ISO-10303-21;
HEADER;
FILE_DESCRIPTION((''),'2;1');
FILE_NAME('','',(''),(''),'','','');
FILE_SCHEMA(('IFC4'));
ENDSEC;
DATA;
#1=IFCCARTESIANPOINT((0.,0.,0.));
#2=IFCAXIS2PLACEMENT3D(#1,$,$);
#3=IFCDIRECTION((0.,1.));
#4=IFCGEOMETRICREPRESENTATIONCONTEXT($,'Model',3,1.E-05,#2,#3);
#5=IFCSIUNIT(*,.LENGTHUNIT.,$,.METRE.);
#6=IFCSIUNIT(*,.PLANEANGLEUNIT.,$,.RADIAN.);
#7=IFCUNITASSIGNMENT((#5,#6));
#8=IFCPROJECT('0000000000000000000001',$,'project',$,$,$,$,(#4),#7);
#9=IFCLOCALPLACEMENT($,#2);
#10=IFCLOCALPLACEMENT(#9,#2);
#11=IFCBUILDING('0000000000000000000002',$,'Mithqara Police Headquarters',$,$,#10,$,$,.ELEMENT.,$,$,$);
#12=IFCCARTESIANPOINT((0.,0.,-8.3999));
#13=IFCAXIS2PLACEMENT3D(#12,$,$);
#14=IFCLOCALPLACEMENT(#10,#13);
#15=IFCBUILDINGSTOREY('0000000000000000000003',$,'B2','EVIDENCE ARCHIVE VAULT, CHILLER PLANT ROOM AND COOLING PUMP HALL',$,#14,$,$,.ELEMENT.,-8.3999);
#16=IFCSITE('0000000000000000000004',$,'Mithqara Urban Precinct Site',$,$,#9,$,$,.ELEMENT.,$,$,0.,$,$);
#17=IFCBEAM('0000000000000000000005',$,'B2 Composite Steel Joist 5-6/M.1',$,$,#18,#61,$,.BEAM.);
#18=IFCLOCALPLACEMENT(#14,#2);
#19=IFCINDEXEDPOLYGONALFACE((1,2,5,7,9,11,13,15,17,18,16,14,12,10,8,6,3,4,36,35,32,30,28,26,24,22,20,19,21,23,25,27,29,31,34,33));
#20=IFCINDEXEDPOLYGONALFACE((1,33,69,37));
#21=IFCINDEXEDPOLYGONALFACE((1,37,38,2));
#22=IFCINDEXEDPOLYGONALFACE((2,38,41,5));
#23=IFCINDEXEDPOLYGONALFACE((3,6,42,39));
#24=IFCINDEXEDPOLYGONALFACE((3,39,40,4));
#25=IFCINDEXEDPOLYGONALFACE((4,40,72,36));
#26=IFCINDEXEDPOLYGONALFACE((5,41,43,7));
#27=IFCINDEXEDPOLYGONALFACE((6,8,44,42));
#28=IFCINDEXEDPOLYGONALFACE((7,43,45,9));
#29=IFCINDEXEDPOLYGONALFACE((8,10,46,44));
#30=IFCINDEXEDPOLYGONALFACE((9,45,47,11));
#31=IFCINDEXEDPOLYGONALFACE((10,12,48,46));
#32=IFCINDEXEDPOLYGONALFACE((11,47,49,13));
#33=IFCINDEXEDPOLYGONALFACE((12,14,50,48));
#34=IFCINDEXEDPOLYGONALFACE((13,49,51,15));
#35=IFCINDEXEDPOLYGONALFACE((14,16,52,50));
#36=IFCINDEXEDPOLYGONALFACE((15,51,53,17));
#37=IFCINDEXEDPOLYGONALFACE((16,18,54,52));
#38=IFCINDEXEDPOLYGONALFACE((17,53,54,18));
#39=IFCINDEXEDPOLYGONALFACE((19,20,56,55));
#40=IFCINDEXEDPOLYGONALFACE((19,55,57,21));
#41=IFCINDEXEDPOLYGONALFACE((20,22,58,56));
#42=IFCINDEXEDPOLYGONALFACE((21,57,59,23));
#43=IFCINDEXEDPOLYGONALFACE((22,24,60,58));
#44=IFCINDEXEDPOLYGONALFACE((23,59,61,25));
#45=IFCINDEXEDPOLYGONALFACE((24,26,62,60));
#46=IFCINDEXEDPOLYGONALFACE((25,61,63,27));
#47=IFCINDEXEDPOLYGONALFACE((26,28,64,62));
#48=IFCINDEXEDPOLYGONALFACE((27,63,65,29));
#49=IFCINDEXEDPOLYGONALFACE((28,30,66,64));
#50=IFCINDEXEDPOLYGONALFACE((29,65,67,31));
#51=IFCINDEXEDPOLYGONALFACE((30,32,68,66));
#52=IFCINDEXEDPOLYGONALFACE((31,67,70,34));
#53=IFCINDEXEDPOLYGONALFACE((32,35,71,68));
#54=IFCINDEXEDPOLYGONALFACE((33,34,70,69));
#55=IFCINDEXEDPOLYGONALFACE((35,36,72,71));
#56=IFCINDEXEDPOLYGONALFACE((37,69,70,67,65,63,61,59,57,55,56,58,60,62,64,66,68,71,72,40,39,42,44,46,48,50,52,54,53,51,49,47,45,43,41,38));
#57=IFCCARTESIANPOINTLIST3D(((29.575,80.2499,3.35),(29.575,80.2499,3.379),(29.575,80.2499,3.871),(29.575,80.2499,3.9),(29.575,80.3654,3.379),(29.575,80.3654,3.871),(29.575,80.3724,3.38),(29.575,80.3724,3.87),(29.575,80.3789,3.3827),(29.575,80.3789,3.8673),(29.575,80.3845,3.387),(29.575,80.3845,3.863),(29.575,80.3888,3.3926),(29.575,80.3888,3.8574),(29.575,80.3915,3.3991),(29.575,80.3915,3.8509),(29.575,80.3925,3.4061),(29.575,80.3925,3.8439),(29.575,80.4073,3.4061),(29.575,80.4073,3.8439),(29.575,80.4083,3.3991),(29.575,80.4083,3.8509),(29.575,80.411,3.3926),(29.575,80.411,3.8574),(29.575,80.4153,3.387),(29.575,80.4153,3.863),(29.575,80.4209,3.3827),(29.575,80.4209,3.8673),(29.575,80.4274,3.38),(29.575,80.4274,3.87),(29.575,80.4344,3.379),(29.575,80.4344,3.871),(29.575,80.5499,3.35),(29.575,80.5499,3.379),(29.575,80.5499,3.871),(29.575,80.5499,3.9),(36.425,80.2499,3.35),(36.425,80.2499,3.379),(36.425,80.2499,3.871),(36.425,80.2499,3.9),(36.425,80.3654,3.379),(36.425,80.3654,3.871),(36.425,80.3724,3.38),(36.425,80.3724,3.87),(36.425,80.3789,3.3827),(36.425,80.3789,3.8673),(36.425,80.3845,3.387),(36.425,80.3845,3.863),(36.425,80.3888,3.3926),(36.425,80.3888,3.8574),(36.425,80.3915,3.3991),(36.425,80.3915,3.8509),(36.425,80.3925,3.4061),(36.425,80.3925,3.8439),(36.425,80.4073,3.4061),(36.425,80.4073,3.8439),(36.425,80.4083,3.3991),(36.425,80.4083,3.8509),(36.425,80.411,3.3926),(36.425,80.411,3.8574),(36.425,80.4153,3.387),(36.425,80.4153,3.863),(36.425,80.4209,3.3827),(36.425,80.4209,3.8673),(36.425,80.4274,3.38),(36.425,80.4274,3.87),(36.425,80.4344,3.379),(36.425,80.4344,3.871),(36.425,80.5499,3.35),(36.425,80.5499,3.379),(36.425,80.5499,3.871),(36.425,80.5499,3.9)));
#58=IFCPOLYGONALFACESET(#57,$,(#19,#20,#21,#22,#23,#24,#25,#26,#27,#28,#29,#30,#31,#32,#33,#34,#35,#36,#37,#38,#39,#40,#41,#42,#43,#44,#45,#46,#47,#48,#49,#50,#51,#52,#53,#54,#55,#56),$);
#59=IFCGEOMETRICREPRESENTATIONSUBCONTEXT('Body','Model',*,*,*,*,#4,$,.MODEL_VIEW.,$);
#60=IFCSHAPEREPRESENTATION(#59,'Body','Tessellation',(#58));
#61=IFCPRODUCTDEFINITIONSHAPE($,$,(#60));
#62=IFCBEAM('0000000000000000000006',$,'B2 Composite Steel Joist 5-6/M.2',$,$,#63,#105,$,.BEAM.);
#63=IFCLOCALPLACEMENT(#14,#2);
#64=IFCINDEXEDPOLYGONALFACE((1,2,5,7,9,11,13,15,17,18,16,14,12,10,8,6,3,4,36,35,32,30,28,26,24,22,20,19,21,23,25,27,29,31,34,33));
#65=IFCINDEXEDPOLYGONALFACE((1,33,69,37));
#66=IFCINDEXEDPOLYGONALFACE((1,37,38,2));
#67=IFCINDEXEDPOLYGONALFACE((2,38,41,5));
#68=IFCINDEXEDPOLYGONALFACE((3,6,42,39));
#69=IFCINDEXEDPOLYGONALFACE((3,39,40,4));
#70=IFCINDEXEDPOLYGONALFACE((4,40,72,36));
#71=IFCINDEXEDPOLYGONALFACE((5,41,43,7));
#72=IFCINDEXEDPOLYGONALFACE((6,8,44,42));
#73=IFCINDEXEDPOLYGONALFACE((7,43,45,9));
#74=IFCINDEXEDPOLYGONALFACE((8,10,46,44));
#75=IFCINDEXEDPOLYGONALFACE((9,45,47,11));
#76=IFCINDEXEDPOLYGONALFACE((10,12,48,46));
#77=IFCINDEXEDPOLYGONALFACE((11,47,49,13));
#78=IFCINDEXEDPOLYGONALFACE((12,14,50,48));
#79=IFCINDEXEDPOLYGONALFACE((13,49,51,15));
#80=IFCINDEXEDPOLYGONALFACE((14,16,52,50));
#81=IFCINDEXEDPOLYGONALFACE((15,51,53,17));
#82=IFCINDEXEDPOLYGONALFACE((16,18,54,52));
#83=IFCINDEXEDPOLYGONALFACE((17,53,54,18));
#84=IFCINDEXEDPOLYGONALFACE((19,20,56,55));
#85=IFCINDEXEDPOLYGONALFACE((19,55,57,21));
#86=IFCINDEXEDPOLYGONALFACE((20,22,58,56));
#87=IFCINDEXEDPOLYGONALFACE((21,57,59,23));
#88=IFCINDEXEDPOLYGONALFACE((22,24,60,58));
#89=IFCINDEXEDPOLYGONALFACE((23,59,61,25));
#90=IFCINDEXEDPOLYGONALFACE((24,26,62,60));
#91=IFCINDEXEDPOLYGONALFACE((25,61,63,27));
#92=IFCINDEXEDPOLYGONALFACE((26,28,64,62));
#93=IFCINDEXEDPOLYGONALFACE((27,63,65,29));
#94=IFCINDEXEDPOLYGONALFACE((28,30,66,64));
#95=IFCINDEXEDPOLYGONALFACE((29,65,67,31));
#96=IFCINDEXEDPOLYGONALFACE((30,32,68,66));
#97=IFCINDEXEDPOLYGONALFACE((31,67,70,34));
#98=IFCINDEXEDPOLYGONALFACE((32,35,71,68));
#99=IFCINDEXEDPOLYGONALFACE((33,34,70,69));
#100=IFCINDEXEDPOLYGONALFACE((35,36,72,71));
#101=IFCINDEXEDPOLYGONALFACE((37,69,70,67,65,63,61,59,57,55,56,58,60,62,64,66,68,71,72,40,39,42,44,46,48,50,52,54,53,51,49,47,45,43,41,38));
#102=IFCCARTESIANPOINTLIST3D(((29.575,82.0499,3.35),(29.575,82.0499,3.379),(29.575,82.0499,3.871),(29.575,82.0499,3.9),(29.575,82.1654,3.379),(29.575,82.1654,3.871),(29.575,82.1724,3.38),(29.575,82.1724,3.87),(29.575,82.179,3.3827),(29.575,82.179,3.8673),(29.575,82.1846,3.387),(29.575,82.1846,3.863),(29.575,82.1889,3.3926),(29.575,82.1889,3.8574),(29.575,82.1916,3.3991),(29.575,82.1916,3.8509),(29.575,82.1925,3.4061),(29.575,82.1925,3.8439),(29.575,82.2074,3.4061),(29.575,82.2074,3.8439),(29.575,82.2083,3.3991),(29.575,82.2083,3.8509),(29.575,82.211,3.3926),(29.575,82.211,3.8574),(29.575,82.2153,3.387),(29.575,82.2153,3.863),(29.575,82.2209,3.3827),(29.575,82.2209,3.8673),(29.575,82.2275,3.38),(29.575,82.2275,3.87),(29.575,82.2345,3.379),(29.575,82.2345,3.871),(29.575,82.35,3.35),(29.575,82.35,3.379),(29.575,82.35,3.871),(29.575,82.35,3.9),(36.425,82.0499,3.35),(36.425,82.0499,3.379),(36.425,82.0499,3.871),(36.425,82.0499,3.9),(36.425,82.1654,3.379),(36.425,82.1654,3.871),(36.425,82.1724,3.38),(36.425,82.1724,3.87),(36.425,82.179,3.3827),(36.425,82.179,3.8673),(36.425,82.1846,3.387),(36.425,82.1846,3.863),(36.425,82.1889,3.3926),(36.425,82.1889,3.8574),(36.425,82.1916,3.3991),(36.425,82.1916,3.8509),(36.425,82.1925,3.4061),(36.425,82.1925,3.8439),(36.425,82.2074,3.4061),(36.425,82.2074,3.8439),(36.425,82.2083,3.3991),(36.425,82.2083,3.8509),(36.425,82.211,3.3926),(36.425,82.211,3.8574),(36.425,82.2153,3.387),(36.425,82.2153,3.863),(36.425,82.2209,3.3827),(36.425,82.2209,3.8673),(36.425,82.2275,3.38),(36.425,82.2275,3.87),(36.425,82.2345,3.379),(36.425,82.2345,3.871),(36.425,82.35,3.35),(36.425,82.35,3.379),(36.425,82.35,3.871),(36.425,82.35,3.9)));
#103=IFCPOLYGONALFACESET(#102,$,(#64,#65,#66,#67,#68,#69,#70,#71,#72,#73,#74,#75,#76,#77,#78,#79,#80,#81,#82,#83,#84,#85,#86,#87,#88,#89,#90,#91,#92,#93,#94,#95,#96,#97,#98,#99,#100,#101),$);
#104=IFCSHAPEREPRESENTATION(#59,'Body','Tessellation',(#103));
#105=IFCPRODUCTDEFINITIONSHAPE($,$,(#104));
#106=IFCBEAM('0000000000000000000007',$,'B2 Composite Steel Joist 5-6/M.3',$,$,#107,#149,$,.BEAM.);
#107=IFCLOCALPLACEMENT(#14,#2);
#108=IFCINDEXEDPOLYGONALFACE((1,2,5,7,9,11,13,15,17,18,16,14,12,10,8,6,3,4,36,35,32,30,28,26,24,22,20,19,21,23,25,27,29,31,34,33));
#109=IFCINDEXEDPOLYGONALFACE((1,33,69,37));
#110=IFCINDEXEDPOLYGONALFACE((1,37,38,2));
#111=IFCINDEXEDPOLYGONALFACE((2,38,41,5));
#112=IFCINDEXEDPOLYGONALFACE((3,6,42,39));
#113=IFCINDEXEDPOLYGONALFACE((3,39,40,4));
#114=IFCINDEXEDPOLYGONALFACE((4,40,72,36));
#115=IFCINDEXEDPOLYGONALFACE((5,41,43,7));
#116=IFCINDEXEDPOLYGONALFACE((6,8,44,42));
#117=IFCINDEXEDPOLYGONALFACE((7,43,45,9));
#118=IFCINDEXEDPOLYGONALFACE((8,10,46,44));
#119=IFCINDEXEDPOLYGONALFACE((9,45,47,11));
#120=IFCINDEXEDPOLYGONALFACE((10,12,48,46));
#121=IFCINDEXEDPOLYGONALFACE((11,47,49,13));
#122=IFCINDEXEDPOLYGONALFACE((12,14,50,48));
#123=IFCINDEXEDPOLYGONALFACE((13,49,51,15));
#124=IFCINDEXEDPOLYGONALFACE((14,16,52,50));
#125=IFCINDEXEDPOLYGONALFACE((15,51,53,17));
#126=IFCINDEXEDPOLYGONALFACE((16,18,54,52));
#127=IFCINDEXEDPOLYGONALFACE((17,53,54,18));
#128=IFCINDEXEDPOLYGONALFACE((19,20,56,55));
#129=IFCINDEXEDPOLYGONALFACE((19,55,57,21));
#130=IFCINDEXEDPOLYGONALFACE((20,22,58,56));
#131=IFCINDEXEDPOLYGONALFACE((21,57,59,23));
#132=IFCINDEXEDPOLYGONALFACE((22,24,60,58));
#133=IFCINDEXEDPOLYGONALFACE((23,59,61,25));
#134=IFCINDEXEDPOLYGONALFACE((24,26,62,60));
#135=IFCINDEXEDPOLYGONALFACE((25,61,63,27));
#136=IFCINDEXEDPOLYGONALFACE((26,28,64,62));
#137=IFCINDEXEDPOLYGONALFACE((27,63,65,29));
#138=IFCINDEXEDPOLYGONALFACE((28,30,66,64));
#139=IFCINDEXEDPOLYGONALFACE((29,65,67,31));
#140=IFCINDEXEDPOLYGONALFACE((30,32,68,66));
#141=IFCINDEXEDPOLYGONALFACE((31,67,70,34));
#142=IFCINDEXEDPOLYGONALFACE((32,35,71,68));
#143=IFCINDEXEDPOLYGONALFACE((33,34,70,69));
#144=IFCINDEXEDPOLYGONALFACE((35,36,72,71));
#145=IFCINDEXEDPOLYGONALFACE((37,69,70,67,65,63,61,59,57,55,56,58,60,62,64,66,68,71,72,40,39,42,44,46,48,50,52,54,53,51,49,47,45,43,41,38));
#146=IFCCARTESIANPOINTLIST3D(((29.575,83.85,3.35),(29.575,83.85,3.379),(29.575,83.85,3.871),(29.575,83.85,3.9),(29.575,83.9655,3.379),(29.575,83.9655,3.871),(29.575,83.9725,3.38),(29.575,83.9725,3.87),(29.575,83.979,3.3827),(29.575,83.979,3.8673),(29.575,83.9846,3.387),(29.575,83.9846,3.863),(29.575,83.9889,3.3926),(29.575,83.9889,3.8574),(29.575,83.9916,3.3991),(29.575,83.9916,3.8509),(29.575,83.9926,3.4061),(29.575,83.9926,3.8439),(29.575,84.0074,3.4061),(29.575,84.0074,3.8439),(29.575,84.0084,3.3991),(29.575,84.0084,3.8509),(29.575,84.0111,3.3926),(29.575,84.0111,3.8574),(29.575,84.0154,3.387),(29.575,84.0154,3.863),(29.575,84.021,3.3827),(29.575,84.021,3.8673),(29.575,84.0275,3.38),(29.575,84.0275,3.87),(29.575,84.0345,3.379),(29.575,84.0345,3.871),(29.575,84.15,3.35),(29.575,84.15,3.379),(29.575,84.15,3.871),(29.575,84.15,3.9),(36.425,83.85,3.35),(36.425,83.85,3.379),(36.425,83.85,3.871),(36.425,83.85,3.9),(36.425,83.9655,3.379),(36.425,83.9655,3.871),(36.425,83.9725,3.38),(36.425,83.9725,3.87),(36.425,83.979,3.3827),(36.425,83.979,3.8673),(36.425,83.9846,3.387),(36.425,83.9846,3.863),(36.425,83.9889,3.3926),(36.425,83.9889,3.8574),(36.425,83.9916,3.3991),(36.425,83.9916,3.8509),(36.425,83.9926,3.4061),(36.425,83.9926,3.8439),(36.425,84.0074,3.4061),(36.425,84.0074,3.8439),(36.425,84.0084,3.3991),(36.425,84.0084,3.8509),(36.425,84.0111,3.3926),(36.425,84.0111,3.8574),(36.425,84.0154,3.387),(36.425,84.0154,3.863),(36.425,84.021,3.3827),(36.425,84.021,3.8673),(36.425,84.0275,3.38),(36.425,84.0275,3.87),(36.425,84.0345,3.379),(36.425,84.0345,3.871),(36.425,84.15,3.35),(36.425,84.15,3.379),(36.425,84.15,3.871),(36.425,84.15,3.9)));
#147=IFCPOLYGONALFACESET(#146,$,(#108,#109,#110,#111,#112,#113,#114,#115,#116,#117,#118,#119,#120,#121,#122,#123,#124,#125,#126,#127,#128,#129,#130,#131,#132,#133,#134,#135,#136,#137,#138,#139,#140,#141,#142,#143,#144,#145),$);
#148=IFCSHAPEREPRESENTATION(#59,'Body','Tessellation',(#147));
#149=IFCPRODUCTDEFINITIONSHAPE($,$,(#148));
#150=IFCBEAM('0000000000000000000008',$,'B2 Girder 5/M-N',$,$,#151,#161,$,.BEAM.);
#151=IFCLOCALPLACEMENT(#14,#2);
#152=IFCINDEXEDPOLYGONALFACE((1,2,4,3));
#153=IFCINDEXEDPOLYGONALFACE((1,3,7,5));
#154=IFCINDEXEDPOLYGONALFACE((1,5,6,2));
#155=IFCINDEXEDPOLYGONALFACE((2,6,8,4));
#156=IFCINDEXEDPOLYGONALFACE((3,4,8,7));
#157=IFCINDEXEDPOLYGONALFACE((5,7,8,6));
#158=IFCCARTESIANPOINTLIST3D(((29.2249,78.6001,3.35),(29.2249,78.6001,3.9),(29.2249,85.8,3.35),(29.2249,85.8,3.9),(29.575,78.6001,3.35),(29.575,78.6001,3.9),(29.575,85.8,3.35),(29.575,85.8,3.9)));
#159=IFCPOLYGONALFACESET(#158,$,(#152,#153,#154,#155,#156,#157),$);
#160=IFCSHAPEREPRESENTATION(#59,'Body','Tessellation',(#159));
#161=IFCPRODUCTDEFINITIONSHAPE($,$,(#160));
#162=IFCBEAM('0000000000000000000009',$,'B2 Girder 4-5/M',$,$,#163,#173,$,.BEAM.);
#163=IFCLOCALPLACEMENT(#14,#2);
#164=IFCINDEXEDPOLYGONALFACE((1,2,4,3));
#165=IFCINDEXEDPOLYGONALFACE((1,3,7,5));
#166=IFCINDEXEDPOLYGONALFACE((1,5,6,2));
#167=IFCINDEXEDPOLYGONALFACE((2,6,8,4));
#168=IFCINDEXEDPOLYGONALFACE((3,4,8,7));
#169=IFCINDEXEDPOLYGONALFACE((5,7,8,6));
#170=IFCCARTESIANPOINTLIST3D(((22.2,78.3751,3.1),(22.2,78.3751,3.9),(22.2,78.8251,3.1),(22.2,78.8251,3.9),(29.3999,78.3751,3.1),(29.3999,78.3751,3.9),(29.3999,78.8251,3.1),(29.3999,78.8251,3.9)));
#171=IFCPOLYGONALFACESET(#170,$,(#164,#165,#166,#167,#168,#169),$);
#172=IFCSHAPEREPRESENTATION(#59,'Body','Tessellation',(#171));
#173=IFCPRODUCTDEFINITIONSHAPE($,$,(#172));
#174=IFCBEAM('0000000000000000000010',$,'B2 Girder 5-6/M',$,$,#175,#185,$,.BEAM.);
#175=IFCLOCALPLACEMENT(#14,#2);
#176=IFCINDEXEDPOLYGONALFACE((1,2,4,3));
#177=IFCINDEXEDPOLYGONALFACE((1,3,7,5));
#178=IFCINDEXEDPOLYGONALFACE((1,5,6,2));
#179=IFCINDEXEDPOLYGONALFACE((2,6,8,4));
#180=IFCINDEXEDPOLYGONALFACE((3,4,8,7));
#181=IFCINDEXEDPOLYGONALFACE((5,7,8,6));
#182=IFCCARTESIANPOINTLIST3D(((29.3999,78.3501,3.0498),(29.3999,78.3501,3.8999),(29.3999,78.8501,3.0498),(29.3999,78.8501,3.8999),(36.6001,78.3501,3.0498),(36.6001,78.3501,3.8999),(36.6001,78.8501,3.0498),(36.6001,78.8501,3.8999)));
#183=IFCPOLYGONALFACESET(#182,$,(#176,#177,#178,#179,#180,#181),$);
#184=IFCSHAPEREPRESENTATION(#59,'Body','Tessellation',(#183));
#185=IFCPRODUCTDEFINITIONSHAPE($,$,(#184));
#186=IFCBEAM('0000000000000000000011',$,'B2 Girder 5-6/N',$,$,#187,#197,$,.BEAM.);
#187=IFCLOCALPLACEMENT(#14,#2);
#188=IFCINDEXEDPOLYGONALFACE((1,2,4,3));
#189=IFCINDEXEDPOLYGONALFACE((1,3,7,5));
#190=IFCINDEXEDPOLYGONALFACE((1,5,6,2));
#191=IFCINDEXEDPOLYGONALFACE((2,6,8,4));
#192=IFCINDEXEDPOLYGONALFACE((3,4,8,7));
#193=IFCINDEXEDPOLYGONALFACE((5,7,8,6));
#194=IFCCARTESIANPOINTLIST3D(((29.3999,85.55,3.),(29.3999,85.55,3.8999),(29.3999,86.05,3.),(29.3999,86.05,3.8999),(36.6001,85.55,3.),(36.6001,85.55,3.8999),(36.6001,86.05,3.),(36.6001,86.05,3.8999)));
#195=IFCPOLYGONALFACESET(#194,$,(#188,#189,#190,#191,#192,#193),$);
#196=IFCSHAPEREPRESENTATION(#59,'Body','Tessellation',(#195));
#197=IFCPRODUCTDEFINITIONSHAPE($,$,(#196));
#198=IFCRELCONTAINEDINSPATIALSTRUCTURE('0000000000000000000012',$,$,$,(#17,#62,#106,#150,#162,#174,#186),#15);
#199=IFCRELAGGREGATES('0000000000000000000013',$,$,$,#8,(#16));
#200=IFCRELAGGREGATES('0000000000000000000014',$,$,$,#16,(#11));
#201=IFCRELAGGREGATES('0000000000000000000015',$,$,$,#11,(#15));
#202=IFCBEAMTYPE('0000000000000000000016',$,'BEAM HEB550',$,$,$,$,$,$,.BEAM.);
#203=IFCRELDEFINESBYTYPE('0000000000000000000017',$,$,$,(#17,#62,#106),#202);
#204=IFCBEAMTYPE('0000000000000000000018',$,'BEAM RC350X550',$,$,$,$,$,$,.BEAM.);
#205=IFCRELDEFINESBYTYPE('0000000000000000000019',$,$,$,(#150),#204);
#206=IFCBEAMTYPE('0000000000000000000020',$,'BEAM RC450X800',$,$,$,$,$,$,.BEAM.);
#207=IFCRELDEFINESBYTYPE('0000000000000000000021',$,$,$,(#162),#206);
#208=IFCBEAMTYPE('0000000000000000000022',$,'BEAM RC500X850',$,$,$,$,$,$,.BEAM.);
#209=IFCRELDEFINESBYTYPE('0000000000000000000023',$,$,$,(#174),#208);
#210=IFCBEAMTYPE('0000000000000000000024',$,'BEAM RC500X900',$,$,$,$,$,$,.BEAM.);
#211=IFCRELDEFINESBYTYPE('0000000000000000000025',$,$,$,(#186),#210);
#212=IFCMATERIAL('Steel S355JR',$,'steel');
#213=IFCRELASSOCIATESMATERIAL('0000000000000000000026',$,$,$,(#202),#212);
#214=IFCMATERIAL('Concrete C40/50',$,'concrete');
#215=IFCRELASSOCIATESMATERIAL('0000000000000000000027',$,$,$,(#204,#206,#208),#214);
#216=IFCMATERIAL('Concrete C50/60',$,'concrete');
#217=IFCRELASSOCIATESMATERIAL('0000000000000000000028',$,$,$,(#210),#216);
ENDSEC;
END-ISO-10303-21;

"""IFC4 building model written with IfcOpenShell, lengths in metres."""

from ifc_helpers import new_model, si_unit, direction, frame, origin, origin_2d, place, context, subcontext, project, spatial, rectangle, i_section, extrude, material, material_profile, profile_set, type_object, element, save


model = new_model("IFC4")

# Units and contexts
model_context = context("Model", 3, precision=1e-05, world=origin(), true_north=direction((0.0, 1.0)))
body_context = subcontext(model_context, "Body", "Model", "MODEL_VIEW")
ifc_project = project(units=[si_unit("LENGTHUNIT", "METRE"), si_unit("PLANEANGLEUNIT", "RADIAN")], contexts=[model_context])

# Site, building, storey
site_placement = place(None, origin())
site = spatial("IfcSite", under=ifc_project, at=site_placement, Name="Mithqara Urban Precinct Site", CompositionType="ELEMENT", RefElevation=0.0)
building_placement = place(site_placement, origin())
building = spatial("IfcBuilding", under=site, at=building_placement, Name="Mithqara Police Headquarters", CompositionType="ELEMENT")
storey_placement = place(building_placement, frame((0.0, 0.0, -8.3999)))
storey = spatial("IfcBuildingStorey", under=building, at=storey_placement, Name="B2", Description="EVIDENCE ARCHIVE VAULT, CHILLER PLANT ROOM AND COOLING PUMP HALL", CompositionType="ELEMENT", Elevation=-8.3999)

# Shared definitions
ifc_material_1 = material(Name="Concrete C40/50", Category="concrete")

# Shared definitions
ifc_material_2 = material(Name="Concrete C50/60", Category="concrete")

# Beams
ifc_material_3 = material(Name="Steel S355JR", Category="steel")
ifc_material_profile_1 = material_profile(ifc_material_3, i_section(OverallWidth=0.3, OverallDepth=0.55, WebThickness=0.0149, FlangeThickness=0.0291, FilletRadius=0.0271, at=origin_2d()), Name="HEB 550")
ifc_profile_set_1 = profile_set([ifc_material_profile_1], Name="Steel S355JR")
beam_type_1 = type_object("IfcBeamType", Name="BEAM HEB550", PredefinedType="BEAM", material=ifc_profile_set_1)
for number, where, z_axis, x_axis, name in (
    (1, (29.575, 80.3999, 3.625), (1.0, 0.0, 0.0), (0.0, 1.0, 0.0), "B2 Composite Steel Joist 5-6/M.1"),
    (2, (29.575, 82.2, 3.625), (1.0, 0.0, 0.0), (0.0, 1.0, 0.0), "B2 Composite Steel Joist 5-6/M.2"),
    (3, (29.575, 84.0, 3.625), (1.0, 0.0, 0.0), (0.0, 1.0, 0.0), "B2 Composite Steel Joist 5-6/M.3"),
):
    element("IfcBeam", number, at=place(storey_placement, frame(where, z_axis=z_axis, x_axis=x_axis)), inside=storey, type_object=beam_type_1, Name=name, PredefinedType="BEAM", context=body_context, shape_type="SweptSolid", body=[
        extrude(i_section(OverallWidth=0.3, OverallDepth=0.55, WebThickness=0.0149, FlangeThickness=0.0291, FilletRadius=0.0271, at=origin_2d()), origin(), (0.0, 0.0, 1.0), 6.8501),
    ])
ifc_material_profile_2 = material_profile(ifc_material_1, rectangle(XDim=0.3501, YDim=0.55, at=origin_2d()), Name="RC 350x550")
ifc_profile_set_2 = profile_set([ifc_material_profile_2], Name="Concrete C40/50")
beam_type_2 = type_object("IfcBeamType", Name="BEAM RC350X550", PredefinedType="BEAM", material=ifc_profile_set_2)
beam_1_placement = place(storey_placement, frame((29.3999, 78.6001, 3.625), z_axis=(0.0, 1.0, 0.0), x_axis=(-1.0, 0.0, 0.0)))
element("IfcBeam", 4, at=beam_1_placement, inside=storey, type_object=beam_type_2, Name="B2 Girder 5/M-N", PredefinedType="BEAM", context=body_context, shape_type="SweptSolid", body=[
    extrude(rectangle(XDim=0.3501, YDim=0.55, at=origin_2d()), origin(), (0.0, 0.0, 1.0), 7.2),
])
ifc_material_profile_3 = material_profile(ifc_material_1, rectangle(XDim=0.45, YDim=0.8, at=origin_2d()), Name="RC 450x800")
ifc_profile_set_3 = profile_set([ifc_material_profile_3], Name="Concrete C40/50")
beam_type_3 = type_object("IfcBeamType", Name="BEAM RC450X800", PredefinedType="BEAM", material=ifc_profile_set_3)
beam_2_placement = place(storey_placement, frame((22.2, 78.6001, 3.5), z_axis=(1.0, 0.0, 0.0), x_axis=(0.0, 1.0, 0.0)))
element("IfcBeam", 5, at=beam_2_placement, inside=storey, type_object=beam_type_3, Name="B2 Girder 4-5/M", PredefinedType="BEAM", context=body_context, shape_type="SweptSolid", body=[
    extrude(rectangle(XDim=0.45, YDim=0.8, at=origin_2d()), origin(), (0.0, 0.0, 1.0), 7.2),
])
ifc_material_profile_4 = material_profile(ifc_material_1, rectangle(XDim=0.5, YDim=0.8501, at=origin_2d()), Name="RC 500x850")
ifc_profile_set_4 = profile_set([ifc_material_profile_4], Name="Concrete C40/50")
beam_type_4 = type_object("IfcBeamType", Name="BEAM RC500X850", PredefinedType="BEAM", material=ifc_profile_set_4)
beam_3_placement = place(storey_placement, frame((29.3999, 78.6001, 3.4749), z_axis=(1.0, 0.0, 0.0), x_axis=(0.0, 1.0, 0.0)))
element("IfcBeam", 6, at=beam_3_placement, inside=storey, type_object=beam_type_4, Name="B2 Girder 5-6/M", PredefinedType="BEAM", context=body_context, shape_type="SweptSolid", body=[
    extrude(rectangle(XDim=0.5, YDim=0.8501, at=origin_2d()), origin(), (0.0, 0.0, 1.0), 7.2002),
])
ifc_material_profile_5 = material_profile(ifc_material_2, rectangle(XDim=0.5, YDim=0.8999, at=origin_2d()), Name="RC 500x900")
ifc_profile_set_5 = profile_set([ifc_material_profile_5], Name="Concrete C50/60")
beam_type_5 = type_object("IfcBeamType", Name="BEAM RC500X900", PredefinedType="BEAM", material=ifc_profile_set_5)
beam_4_placement = place(storey_placement, frame((29.3999, 85.8, 3.45), z_axis=(1.0, 0.0, 0.0), x_axis=(0.0, 1.0, 0.0)))
element("IfcBeam", 7, at=beam_4_placement, inside=storey, type_object=beam_type_5, Name="B2 Girder 5-6/N", PredefinedType="BEAM", context=body_context, shape_type="SweptSolid", body=[
    extrude(rectangle(XDim=0.5, YDim=0.8999, at=origin_2d()), origin(), (0.0, 0.0, 1.0), 7.2002),
])

save(model, "model.ifc")
